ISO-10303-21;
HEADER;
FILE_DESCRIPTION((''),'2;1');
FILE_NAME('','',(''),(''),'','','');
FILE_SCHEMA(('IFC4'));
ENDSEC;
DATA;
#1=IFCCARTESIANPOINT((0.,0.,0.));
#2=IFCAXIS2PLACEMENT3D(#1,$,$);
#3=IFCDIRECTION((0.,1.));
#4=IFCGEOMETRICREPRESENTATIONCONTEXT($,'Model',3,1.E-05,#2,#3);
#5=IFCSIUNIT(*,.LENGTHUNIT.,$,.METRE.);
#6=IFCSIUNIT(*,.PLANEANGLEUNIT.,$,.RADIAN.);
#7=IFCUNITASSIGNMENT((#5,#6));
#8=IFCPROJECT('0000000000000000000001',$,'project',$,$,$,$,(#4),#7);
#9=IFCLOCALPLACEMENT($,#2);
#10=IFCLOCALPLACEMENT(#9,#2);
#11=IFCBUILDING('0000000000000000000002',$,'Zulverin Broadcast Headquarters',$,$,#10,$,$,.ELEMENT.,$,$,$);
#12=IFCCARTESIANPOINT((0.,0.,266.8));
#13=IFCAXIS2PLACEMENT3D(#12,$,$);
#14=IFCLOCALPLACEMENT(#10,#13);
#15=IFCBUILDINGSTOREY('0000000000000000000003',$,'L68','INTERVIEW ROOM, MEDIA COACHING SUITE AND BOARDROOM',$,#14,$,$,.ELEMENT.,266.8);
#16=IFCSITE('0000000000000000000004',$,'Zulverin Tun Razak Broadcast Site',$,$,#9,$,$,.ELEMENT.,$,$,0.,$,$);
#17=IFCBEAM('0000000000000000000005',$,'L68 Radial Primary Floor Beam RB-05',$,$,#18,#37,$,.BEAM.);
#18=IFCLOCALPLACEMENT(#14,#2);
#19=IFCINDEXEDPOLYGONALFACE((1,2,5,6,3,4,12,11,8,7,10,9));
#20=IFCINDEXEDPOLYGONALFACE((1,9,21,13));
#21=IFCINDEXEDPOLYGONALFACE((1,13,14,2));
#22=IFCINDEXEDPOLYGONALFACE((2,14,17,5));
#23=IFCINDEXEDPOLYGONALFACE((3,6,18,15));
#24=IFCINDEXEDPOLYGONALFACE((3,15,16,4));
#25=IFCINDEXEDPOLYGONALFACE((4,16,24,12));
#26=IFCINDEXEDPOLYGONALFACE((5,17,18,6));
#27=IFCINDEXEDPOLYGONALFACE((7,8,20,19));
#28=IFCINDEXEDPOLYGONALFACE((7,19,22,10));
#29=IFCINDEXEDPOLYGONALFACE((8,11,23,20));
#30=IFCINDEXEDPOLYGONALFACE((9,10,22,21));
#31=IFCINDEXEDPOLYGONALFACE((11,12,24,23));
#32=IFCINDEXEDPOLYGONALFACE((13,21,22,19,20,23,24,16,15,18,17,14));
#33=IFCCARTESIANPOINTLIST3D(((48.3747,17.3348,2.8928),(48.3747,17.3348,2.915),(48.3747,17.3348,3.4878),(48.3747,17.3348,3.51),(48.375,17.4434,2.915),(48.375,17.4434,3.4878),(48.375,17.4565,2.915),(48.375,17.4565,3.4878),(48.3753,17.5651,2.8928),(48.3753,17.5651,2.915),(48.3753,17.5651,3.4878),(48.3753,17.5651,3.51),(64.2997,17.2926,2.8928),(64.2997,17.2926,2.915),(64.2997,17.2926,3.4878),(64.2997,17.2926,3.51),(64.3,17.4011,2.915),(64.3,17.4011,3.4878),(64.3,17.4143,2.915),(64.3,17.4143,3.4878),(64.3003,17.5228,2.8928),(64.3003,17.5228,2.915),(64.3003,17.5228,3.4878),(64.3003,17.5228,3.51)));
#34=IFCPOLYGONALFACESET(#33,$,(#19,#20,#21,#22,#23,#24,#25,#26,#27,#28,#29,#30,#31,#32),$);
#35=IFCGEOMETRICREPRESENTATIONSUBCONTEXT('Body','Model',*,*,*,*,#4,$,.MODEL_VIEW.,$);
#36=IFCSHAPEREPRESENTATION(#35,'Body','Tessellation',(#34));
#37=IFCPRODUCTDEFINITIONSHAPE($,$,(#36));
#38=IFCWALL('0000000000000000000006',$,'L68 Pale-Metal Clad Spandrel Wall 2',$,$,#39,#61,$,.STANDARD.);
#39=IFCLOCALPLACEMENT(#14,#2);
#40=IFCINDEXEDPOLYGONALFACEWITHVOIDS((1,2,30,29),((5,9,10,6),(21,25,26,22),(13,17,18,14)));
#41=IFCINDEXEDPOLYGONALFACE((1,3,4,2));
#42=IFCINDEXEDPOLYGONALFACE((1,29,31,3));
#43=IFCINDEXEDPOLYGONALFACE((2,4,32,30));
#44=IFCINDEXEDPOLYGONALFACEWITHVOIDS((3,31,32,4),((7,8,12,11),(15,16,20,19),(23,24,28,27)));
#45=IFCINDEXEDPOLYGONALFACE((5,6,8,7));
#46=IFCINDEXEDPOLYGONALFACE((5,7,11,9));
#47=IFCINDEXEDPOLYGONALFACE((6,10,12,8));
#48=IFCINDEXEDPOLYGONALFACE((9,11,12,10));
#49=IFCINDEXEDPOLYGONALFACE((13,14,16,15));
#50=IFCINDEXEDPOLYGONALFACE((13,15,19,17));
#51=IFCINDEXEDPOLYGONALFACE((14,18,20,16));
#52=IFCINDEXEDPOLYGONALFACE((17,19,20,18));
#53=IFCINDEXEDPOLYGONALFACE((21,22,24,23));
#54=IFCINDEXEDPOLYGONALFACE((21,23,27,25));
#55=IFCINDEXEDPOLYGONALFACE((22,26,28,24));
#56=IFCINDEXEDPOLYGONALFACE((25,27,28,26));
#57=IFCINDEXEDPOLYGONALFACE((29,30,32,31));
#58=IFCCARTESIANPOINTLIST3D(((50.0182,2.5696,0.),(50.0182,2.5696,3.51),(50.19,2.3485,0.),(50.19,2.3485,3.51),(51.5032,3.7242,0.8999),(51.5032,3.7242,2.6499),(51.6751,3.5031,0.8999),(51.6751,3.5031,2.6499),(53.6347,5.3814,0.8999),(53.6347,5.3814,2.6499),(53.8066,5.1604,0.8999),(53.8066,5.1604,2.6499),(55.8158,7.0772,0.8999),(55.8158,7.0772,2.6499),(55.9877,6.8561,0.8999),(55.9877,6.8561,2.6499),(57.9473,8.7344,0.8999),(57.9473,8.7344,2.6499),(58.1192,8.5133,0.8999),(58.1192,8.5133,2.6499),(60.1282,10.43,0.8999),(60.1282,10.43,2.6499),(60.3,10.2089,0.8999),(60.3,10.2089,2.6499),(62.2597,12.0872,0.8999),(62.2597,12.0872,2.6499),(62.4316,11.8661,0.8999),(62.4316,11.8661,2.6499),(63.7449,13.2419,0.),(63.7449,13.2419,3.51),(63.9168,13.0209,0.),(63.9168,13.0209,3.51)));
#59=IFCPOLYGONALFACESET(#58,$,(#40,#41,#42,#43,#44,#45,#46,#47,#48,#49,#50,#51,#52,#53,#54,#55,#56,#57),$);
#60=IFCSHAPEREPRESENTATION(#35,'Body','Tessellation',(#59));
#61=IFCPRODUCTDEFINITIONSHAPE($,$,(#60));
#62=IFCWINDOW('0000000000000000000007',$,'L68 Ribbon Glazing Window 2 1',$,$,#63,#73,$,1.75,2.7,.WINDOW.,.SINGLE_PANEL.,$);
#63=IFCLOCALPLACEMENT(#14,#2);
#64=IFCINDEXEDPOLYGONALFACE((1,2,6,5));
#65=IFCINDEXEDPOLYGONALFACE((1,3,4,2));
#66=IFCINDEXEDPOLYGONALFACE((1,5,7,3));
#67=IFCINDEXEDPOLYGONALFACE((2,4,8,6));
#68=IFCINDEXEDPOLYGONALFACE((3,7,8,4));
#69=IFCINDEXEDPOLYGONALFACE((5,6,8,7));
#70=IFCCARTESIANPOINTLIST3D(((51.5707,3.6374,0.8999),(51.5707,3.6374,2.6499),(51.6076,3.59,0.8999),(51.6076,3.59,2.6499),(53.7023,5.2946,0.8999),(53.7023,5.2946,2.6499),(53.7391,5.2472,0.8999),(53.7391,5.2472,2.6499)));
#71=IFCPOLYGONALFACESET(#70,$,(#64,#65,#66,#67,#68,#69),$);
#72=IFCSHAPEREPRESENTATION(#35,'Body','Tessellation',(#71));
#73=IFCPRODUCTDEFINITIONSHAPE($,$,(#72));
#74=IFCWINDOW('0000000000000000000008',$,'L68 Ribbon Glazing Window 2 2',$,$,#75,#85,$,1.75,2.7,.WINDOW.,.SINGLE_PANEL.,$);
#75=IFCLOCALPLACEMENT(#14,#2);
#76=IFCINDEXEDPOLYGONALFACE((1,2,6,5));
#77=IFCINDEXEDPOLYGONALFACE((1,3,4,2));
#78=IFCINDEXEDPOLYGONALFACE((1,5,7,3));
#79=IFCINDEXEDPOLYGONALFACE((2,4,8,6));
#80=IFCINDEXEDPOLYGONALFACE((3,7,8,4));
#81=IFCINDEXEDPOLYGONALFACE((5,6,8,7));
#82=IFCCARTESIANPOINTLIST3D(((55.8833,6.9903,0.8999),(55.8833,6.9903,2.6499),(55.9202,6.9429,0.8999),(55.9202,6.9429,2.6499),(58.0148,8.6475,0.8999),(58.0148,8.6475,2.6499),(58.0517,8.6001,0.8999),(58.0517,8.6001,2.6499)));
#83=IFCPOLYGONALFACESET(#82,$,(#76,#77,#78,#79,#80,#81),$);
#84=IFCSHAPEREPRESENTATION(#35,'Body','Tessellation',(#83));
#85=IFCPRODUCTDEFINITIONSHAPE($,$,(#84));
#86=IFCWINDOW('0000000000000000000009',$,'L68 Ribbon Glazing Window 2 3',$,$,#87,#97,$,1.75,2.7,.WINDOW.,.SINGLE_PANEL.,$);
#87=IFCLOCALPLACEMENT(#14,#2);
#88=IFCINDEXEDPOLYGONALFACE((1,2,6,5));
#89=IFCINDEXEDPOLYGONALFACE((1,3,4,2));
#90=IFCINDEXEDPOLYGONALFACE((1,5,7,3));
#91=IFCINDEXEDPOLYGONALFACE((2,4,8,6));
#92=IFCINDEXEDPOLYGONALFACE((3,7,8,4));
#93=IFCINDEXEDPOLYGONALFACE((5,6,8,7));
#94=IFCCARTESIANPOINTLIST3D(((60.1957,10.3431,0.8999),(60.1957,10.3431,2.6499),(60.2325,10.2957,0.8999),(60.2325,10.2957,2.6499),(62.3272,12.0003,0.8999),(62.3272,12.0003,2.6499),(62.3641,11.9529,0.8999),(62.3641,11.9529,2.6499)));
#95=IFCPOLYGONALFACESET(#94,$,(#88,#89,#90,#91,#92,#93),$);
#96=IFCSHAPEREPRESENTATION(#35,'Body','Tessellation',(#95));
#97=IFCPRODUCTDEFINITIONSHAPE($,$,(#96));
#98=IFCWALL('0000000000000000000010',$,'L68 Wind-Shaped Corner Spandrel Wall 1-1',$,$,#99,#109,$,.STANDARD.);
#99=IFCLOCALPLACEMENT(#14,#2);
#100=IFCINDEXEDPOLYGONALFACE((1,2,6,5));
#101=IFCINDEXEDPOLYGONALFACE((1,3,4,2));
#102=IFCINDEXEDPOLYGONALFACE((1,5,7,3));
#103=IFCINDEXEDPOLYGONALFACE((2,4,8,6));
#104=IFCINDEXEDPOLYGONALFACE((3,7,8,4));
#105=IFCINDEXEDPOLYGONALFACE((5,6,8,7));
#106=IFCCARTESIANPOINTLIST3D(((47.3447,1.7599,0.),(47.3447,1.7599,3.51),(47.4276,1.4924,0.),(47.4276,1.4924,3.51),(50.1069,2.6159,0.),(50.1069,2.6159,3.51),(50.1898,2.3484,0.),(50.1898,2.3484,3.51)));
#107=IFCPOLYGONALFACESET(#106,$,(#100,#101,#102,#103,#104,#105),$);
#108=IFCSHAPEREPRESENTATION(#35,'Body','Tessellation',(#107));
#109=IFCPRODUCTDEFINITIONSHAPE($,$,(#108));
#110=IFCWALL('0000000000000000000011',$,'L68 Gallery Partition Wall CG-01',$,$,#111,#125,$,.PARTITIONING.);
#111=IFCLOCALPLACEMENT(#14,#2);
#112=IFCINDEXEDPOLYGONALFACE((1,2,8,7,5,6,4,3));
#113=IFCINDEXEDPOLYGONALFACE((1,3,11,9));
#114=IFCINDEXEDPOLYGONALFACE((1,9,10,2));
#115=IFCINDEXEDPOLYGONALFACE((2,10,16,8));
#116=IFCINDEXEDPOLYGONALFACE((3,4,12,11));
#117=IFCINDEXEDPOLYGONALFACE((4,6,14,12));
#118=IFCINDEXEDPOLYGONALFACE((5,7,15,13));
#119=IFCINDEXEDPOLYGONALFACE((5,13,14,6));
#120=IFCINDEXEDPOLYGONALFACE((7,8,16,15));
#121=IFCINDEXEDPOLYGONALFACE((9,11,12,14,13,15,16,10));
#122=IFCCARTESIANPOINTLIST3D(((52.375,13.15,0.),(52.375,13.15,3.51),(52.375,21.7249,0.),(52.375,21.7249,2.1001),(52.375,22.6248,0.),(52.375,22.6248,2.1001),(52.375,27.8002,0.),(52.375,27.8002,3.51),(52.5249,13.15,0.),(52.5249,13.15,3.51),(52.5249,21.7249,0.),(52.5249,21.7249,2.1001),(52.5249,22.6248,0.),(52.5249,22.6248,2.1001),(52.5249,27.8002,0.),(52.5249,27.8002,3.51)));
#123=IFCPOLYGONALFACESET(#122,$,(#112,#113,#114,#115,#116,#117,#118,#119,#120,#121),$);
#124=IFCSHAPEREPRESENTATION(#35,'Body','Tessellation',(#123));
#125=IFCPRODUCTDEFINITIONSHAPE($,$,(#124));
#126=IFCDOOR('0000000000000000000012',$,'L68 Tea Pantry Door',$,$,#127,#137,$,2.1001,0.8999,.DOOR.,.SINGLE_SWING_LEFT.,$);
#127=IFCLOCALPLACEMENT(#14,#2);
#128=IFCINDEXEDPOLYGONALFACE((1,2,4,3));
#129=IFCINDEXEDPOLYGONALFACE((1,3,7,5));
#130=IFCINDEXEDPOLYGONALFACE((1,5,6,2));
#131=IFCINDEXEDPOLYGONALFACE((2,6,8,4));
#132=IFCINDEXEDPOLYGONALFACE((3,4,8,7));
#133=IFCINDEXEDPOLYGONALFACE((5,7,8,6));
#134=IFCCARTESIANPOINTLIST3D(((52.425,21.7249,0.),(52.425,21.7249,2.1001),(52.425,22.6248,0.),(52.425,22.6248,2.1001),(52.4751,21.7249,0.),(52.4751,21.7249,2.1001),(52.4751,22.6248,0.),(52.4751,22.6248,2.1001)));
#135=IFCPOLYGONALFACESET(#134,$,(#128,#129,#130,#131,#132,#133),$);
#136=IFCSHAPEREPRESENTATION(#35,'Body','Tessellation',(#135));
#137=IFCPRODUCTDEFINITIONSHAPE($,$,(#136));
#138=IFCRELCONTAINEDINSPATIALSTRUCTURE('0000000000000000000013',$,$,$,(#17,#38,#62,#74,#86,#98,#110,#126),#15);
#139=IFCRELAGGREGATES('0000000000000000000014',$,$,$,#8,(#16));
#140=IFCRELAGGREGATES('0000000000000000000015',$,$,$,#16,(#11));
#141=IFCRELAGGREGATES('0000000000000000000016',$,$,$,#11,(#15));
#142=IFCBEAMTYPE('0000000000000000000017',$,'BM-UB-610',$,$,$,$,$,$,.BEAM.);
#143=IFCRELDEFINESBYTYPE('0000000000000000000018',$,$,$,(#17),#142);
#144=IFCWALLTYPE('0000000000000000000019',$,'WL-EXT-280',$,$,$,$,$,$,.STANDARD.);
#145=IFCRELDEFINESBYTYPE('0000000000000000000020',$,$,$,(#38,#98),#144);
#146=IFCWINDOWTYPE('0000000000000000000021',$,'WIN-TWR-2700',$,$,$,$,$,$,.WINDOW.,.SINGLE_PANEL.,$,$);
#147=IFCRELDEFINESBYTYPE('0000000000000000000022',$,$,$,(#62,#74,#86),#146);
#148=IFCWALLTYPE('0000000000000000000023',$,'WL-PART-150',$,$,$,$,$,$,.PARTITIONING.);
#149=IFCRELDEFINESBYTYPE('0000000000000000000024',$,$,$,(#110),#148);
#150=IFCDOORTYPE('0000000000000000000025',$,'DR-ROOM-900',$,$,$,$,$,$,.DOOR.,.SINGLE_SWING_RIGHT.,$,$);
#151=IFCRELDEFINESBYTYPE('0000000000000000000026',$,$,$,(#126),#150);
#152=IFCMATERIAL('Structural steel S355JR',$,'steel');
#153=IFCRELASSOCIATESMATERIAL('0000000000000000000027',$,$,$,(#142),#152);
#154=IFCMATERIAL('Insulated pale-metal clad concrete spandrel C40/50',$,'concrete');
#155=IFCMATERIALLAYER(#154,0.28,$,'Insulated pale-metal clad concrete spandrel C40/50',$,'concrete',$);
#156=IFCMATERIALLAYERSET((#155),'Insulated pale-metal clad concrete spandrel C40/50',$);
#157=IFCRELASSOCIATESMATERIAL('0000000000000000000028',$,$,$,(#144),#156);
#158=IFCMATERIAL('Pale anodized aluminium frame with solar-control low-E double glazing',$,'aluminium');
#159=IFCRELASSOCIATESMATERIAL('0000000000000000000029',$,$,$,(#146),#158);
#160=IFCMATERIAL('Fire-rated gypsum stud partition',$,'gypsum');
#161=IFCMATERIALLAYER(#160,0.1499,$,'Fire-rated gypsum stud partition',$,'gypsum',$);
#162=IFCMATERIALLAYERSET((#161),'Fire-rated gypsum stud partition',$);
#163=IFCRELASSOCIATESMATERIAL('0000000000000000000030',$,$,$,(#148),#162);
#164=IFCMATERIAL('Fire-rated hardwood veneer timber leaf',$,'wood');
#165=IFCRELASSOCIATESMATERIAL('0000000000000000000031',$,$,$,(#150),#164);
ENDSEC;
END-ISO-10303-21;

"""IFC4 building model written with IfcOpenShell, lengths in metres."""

from ifc_helpers import new_model, si_unit, direction, frame, frame_2d, origin, origin_2d, place, context, subcontext, project, spatial, rectangle, i_section, extrude, material, layer, layer_set, material_profile, profile_set, type_object, element, fill, save


model = new_model("IFC4")

# Units and contexts
model_context = context("Model", 3, precision=1e-05, world=origin(), true_north=direction((0.0, 1.0)))
body_context = subcontext(model_context, "Body", "Model", "MODEL_VIEW")
ifc_project = project(units=[si_unit("LENGTHUNIT", "METRE"), si_unit("PLANEANGLEUNIT", "RADIAN")], contexts=[model_context])

# Site, building, storey
site_placement = place(None, origin())
site = spatial("IfcSite", under=ifc_project, at=site_placement, Name="Zulverin Tun Razak Broadcast Site", CompositionType="ELEMENT", RefElevation=0.0)
building_placement = place(site_placement, origin())
building = spatial("IfcBuilding", under=site, at=building_placement, Name="Zulverin Broadcast Headquarters", CompositionType="ELEMENT")
storey_placement = place(building_placement, frame((0.0, 0.0, 266.8)))
storey = spatial("IfcBuildingStorey", under=building, at=storey_placement, Name="L68", Description="INTERVIEW ROOM, MEDIA COACHING SUITE AND BOARDROOM", CompositionType="ELEMENT", Elevation=266.8)

# Beam
ifc_material_1 = material(Name="Structural steel S355JR", Category="steel")
ifc_material_profile_1 = material_profile(ifc_material_1, i_section(OverallWidth=0.2302, OverallDepth=0.6172, WebThickness=0.0132, FlangeThickness=0.0222, at=origin_2d()), Name="Structural steel S355JR", Category="steel")
ifc_profile_set_1 = profile_set([ifc_material_profile_1], Name="Structural steel S355JR")
beam_type_1 = type_object("IfcBeamType", Name="BM-UB-610", PredefinedType="BEAM", material=ifc_profile_set_1)
beam_1_placement = place(storey_placement, frame((48.375, 17.45, 3.2014), z_axis=(0.999996, -0.002652, 0.0), x_axis=(0.002652, 0.999996, 0.0)))
element("IfcBeam", 1, at=beam_1_placement, inside=storey, type_object=beam_type_1, Name="L68 Radial Primary Floor Beam RB-05", PredefinedType="BEAM", context=body_context, shape_type="SweptSolid", body=[
    extrude(i_section(OverallWidth=0.2302, OverallDepth=0.6172, WebThickness=0.0132, FlangeThickness=0.0222, at=origin_2d()), origin(), (0.0, 0.0, 1.0), 15.925),
])

# Wall, openings, windows
ifc_material_2 = material(Name="Insulated pale-metal clad concrete spandrel C40/50", Category="concrete")
ifc_layer_1 = layer(ifc_material_2, 0.28, Name="Insulated pale-metal clad concrete spandrel C40/50", Category="concrete")
ifc_layer_set_1 = layer_set([ifc_layer_1], Name="Insulated pale-metal clad concrete spandrel C40/50")
wall_type_1 = type_object("IfcWallType", Name="WL-EXT-280", PredefinedType="STANDARD", material=ifc_layer_set_1)
wall_1_placement = place(storey_placement, frame((50.104, 2.459, 0.0), z_axis=(0.0, 0.0, 1.0), x_axis=(0.789465, 0.613796, 0.0)))
wall_1 = element("IfcWall", 2, at=wall_1_placement, inside=storey, type_object=wall_type_1, Name="L68 Pale-Metal Clad Spandrel Wall 2", PredefinedType="STANDARD", context=body_context, shape_type="SweptSolid", body=[
    extrude(rectangle(XDim=17.3875, YDim=0.28, at=frame_2d((8.6938, 0.0))), origin(), (0.0, 0.0, 1.0), 3.51),
])
opening_1_placement = place(wall_1_placement, frame((1.8811, 0.0, 0.8999)))
opening_1 = element("IfcOpeningElement", 3, at=opening_1_placement, cuts=wall_1, PredefinedType="OPENING", context=body_context, shape_type="SweptSolid", body=[
    extrude(rectangle(XDim=2.7, YDim=1.75, at=frame_2d((1.3501, 0.875))), frame((0.0, 0.1499, 0.0), z_axis=(0.0, -1.0, 0.0), x_axis=(1.0, 0.0, 0.0)), (0.0, 0.0, 1.0), 0.3),
])
opening_2_placement = place(wall_1_placement, frame((7.3438, 0.0, 0.8999)))
opening_2 = element("IfcOpeningElement", 4, at=opening_2_placement, cuts=wall_1, PredefinedType="OPENING", context=body_context, shape_type="SweptSolid", body=[
    extrude(rectangle(XDim=2.7, YDim=1.75, at=frame_2d((1.3501, 0.875))), frame((0.0, 0.1499, 0.0), z_axis=(0.0, -1.0, 0.0), x_axis=(1.0, 0.0, 0.0)), (0.0, 0.0, 1.0), 0.3),
])
opening_3_placement = place(wall_1_placement, frame((12.8062, 0.0, 0.8999)))
opening_3 = element("IfcOpeningElement", 5, at=opening_3_placement, cuts=wall_1, PredefinedType="OPENING", context=body_context, shape_type="SweptSolid", body=[
    extrude(rectangle(XDim=2.7, YDim=1.75, at=frame_2d((1.3501, 0.875))), frame((0.0, 0.1499, 0.0), z_axis=(0.0, -1.0, 0.0), x_axis=(1.0, 0.0, 0.0)), (0.0, 0.0, 1.0), 0.3),
])
ifc_material_3 = material(Name="Pale anodized aluminium frame with solar-control low-E double glazing", Category="aluminium")
window_type = type_object("IfcWindowType", Name="WIN-TWR-2700", PartitioningType="SINGLE_PANEL", PredefinedType="WINDOW", material=ifc_material_3)
window_1_placement = place(opening_1_placement, origin())
window_1 = element("IfcWindow", 6, at=window_1_placement, inside=storey, type_object=window_type, Name="L68 Ribbon Glazing Window 2 1", OverallHeight=1.75, OverallWidth=2.7, PartitioningType="SINGLE_PANEL", PredefinedType="WINDOW", context=body_context, shape_type="SweptSolid", body=[
    extrude(rectangle(XDim=2.7, YDim=1.75, at=frame_2d((1.3501, 0.875))), frame((0.0, 0.03, 0.0), z_axis=(0.0, -1.0, 0.0), x_axis=(1.0, 0.0, 0.0)), (0.0, 0.0, 1.0), 0.0601),
])
fill(opening_1, window_1)
window_2_placement = place(opening_2_placement, origin())
window_2 = element("IfcWindow", 7, at=window_2_placement, inside=storey, type_object=window_type, Name="L68 Ribbon Glazing Window 2 2", OverallHeight=1.75, OverallWidth=2.7, PartitioningType="SINGLE_PANEL", PredefinedType="WINDOW", context=body_context, shape_type="SweptSolid", body=[
    extrude(rectangle(XDim=2.7, YDim=1.75, at=frame_2d((1.3501, 0.875))), frame((0.0, 0.03, 0.0), z_axis=(0.0, -1.0, 0.0), x_axis=(1.0, 0.0, 0.0)), (0.0, 0.0, 1.0), 0.0601),
])
fill(opening_2, window_2)
window_3_placement = place(opening_3_placement, origin())
window_3 = element("IfcWindow", 8, at=window_3_placement, inside=storey, type_object=window_type, Name="L68 Ribbon Glazing Window 2 3", OverallHeight=1.75, OverallWidth=2.7, PartitioningType="SINGLE_PANEL", PredefinedType="WINDOW", context=body_context, shape_type="SweptSolid", body=[
    extrude(rectangle(XDim=2.7, YDim=1.75, at=frame_2d((1.3501, 0.875))), frame((0.0, 0.03, 0.0), z_axis=(0.0, -1.0, 0.0), x_axis=(1.0, 0.0, 0.0)), (0.0, 0.0, 1.0), 0.0601),
])
fill(opening_3, window_3)

# Wall
wall_2_placement = place(storey_placement, frame((47.3862, 1.6262, 0.0), z_axis=(0.0, 0.0, 1.0), x_axis=(0.955189, 0.295996, 0.0)))
element("IfcWall", 9, at=wall_2_placement, inside=storey, type_object=wall_type_1, Name="L68 Wind-Shaped Corner Spandrel Wall 1-1", PredefinedType="STANDARD", context=body_context, shape_type="SweptSolid", body=[
    extrude(rectangle(XDim=2.8918, YDim=0.28, at=frame_2d((1.4458, 0.0))), origin(), (0.0, 0.0, 1.0), 3.51),
])

# Wall, opening, door
ifc_material_4 = material(Name="Fire-rated gypsum stud partition", Category="gypsum")
ifc_layer_2 = layer(ifc_material_4, 0.1499, Name="Fire-rated gypsum stud partition", Category="gypsum")
ifc_layer_set_2 = layer_set([ifc_layer_2], Name="Fire-rated gypsum stud partition")
wall_type_2 = type_object("IfcWallType", Name="WL-PART-150", PredefinedType="PARTITIONING", material=ifc_layer_set_2)
wall_3_placement = place(storey_placement, frame((52.45, 13.1499, 0.0), z_axis=(0.0, 0.0, 1.0), x_axis=(0.0, 1.0, 0.0)))
wall_3 = element("IfcWall", 10, at=wall_3_placement, inside=storey, type_object=wall_type_2, Name="L68 Gallery Partition Wall CG-01", PredefinedType="PARTITIONING", context=body_context, shape_type="SweptSolid", body=[
    extrude(rectangle(XDim=14.6501, YDim=0.1499, at=frame_2d((7.3252, 0.0))), origin(), (0.0, 0.0, 1.0), 3.51),
])
opening_4_placement = place(wall_3_placement, frame((8.575, 0.0, 0.0)))
opening_4 = element("IfcOpeningElement", 11, at=opening_4_placement, cuts=wall_3, PredefinedType="OPENING", context=body_context, shape_type="SweptSolid", body=[
    extrude(rectangle(XDim=0.8999, YDim=2.1001, at=frame_2d((0.45, 1.05))), frame((0.0, 0.085, 0.0), z_axis=(0.0, -1.0, 0.0), x_axis=(1.0, 0.0, 0.0)), (0.0, 0.0, 1.0), 0.1699),
])
ifc_material_5 = material(Name="Fire-rated hardwood veneer timber leaf", Category="wood")
door_type_1 = type_object("IfcDoorType", Name="DR-ROOM-900", OperationType="SINGLE_SWING_RIGHT", PredefinedType="DOOR", material=ifc_material_5)
door_1_placement = place(opening_4_placement, origin())
door_1 = element("IfcDoor", 12, at=door_1_placement, inside=storey, type_object=door_type_1, Name="L68 Tea Pantry Door", OperationType="SINGLE_SWING_LEFT", OverallHeight=2.1001, OverallWidth=0.8999, PredefinedType="DOOR", context=body_context, shape_type="SweptSolid", body=[
    extrude(rectangle(XDim=0.8999, YDim=2.1001, at=frame_2d((0.45, 1.05))), frame((0.0, 0.0249, 0.0), z_axis=(0.0, -1.0, 0.0), x_axis=(1.0, 0.0, 0.0)), (0.0, 0.0, 1.0), 0.05),
])
fill(opening_4, door_1)

save(model, "model.ifc")
